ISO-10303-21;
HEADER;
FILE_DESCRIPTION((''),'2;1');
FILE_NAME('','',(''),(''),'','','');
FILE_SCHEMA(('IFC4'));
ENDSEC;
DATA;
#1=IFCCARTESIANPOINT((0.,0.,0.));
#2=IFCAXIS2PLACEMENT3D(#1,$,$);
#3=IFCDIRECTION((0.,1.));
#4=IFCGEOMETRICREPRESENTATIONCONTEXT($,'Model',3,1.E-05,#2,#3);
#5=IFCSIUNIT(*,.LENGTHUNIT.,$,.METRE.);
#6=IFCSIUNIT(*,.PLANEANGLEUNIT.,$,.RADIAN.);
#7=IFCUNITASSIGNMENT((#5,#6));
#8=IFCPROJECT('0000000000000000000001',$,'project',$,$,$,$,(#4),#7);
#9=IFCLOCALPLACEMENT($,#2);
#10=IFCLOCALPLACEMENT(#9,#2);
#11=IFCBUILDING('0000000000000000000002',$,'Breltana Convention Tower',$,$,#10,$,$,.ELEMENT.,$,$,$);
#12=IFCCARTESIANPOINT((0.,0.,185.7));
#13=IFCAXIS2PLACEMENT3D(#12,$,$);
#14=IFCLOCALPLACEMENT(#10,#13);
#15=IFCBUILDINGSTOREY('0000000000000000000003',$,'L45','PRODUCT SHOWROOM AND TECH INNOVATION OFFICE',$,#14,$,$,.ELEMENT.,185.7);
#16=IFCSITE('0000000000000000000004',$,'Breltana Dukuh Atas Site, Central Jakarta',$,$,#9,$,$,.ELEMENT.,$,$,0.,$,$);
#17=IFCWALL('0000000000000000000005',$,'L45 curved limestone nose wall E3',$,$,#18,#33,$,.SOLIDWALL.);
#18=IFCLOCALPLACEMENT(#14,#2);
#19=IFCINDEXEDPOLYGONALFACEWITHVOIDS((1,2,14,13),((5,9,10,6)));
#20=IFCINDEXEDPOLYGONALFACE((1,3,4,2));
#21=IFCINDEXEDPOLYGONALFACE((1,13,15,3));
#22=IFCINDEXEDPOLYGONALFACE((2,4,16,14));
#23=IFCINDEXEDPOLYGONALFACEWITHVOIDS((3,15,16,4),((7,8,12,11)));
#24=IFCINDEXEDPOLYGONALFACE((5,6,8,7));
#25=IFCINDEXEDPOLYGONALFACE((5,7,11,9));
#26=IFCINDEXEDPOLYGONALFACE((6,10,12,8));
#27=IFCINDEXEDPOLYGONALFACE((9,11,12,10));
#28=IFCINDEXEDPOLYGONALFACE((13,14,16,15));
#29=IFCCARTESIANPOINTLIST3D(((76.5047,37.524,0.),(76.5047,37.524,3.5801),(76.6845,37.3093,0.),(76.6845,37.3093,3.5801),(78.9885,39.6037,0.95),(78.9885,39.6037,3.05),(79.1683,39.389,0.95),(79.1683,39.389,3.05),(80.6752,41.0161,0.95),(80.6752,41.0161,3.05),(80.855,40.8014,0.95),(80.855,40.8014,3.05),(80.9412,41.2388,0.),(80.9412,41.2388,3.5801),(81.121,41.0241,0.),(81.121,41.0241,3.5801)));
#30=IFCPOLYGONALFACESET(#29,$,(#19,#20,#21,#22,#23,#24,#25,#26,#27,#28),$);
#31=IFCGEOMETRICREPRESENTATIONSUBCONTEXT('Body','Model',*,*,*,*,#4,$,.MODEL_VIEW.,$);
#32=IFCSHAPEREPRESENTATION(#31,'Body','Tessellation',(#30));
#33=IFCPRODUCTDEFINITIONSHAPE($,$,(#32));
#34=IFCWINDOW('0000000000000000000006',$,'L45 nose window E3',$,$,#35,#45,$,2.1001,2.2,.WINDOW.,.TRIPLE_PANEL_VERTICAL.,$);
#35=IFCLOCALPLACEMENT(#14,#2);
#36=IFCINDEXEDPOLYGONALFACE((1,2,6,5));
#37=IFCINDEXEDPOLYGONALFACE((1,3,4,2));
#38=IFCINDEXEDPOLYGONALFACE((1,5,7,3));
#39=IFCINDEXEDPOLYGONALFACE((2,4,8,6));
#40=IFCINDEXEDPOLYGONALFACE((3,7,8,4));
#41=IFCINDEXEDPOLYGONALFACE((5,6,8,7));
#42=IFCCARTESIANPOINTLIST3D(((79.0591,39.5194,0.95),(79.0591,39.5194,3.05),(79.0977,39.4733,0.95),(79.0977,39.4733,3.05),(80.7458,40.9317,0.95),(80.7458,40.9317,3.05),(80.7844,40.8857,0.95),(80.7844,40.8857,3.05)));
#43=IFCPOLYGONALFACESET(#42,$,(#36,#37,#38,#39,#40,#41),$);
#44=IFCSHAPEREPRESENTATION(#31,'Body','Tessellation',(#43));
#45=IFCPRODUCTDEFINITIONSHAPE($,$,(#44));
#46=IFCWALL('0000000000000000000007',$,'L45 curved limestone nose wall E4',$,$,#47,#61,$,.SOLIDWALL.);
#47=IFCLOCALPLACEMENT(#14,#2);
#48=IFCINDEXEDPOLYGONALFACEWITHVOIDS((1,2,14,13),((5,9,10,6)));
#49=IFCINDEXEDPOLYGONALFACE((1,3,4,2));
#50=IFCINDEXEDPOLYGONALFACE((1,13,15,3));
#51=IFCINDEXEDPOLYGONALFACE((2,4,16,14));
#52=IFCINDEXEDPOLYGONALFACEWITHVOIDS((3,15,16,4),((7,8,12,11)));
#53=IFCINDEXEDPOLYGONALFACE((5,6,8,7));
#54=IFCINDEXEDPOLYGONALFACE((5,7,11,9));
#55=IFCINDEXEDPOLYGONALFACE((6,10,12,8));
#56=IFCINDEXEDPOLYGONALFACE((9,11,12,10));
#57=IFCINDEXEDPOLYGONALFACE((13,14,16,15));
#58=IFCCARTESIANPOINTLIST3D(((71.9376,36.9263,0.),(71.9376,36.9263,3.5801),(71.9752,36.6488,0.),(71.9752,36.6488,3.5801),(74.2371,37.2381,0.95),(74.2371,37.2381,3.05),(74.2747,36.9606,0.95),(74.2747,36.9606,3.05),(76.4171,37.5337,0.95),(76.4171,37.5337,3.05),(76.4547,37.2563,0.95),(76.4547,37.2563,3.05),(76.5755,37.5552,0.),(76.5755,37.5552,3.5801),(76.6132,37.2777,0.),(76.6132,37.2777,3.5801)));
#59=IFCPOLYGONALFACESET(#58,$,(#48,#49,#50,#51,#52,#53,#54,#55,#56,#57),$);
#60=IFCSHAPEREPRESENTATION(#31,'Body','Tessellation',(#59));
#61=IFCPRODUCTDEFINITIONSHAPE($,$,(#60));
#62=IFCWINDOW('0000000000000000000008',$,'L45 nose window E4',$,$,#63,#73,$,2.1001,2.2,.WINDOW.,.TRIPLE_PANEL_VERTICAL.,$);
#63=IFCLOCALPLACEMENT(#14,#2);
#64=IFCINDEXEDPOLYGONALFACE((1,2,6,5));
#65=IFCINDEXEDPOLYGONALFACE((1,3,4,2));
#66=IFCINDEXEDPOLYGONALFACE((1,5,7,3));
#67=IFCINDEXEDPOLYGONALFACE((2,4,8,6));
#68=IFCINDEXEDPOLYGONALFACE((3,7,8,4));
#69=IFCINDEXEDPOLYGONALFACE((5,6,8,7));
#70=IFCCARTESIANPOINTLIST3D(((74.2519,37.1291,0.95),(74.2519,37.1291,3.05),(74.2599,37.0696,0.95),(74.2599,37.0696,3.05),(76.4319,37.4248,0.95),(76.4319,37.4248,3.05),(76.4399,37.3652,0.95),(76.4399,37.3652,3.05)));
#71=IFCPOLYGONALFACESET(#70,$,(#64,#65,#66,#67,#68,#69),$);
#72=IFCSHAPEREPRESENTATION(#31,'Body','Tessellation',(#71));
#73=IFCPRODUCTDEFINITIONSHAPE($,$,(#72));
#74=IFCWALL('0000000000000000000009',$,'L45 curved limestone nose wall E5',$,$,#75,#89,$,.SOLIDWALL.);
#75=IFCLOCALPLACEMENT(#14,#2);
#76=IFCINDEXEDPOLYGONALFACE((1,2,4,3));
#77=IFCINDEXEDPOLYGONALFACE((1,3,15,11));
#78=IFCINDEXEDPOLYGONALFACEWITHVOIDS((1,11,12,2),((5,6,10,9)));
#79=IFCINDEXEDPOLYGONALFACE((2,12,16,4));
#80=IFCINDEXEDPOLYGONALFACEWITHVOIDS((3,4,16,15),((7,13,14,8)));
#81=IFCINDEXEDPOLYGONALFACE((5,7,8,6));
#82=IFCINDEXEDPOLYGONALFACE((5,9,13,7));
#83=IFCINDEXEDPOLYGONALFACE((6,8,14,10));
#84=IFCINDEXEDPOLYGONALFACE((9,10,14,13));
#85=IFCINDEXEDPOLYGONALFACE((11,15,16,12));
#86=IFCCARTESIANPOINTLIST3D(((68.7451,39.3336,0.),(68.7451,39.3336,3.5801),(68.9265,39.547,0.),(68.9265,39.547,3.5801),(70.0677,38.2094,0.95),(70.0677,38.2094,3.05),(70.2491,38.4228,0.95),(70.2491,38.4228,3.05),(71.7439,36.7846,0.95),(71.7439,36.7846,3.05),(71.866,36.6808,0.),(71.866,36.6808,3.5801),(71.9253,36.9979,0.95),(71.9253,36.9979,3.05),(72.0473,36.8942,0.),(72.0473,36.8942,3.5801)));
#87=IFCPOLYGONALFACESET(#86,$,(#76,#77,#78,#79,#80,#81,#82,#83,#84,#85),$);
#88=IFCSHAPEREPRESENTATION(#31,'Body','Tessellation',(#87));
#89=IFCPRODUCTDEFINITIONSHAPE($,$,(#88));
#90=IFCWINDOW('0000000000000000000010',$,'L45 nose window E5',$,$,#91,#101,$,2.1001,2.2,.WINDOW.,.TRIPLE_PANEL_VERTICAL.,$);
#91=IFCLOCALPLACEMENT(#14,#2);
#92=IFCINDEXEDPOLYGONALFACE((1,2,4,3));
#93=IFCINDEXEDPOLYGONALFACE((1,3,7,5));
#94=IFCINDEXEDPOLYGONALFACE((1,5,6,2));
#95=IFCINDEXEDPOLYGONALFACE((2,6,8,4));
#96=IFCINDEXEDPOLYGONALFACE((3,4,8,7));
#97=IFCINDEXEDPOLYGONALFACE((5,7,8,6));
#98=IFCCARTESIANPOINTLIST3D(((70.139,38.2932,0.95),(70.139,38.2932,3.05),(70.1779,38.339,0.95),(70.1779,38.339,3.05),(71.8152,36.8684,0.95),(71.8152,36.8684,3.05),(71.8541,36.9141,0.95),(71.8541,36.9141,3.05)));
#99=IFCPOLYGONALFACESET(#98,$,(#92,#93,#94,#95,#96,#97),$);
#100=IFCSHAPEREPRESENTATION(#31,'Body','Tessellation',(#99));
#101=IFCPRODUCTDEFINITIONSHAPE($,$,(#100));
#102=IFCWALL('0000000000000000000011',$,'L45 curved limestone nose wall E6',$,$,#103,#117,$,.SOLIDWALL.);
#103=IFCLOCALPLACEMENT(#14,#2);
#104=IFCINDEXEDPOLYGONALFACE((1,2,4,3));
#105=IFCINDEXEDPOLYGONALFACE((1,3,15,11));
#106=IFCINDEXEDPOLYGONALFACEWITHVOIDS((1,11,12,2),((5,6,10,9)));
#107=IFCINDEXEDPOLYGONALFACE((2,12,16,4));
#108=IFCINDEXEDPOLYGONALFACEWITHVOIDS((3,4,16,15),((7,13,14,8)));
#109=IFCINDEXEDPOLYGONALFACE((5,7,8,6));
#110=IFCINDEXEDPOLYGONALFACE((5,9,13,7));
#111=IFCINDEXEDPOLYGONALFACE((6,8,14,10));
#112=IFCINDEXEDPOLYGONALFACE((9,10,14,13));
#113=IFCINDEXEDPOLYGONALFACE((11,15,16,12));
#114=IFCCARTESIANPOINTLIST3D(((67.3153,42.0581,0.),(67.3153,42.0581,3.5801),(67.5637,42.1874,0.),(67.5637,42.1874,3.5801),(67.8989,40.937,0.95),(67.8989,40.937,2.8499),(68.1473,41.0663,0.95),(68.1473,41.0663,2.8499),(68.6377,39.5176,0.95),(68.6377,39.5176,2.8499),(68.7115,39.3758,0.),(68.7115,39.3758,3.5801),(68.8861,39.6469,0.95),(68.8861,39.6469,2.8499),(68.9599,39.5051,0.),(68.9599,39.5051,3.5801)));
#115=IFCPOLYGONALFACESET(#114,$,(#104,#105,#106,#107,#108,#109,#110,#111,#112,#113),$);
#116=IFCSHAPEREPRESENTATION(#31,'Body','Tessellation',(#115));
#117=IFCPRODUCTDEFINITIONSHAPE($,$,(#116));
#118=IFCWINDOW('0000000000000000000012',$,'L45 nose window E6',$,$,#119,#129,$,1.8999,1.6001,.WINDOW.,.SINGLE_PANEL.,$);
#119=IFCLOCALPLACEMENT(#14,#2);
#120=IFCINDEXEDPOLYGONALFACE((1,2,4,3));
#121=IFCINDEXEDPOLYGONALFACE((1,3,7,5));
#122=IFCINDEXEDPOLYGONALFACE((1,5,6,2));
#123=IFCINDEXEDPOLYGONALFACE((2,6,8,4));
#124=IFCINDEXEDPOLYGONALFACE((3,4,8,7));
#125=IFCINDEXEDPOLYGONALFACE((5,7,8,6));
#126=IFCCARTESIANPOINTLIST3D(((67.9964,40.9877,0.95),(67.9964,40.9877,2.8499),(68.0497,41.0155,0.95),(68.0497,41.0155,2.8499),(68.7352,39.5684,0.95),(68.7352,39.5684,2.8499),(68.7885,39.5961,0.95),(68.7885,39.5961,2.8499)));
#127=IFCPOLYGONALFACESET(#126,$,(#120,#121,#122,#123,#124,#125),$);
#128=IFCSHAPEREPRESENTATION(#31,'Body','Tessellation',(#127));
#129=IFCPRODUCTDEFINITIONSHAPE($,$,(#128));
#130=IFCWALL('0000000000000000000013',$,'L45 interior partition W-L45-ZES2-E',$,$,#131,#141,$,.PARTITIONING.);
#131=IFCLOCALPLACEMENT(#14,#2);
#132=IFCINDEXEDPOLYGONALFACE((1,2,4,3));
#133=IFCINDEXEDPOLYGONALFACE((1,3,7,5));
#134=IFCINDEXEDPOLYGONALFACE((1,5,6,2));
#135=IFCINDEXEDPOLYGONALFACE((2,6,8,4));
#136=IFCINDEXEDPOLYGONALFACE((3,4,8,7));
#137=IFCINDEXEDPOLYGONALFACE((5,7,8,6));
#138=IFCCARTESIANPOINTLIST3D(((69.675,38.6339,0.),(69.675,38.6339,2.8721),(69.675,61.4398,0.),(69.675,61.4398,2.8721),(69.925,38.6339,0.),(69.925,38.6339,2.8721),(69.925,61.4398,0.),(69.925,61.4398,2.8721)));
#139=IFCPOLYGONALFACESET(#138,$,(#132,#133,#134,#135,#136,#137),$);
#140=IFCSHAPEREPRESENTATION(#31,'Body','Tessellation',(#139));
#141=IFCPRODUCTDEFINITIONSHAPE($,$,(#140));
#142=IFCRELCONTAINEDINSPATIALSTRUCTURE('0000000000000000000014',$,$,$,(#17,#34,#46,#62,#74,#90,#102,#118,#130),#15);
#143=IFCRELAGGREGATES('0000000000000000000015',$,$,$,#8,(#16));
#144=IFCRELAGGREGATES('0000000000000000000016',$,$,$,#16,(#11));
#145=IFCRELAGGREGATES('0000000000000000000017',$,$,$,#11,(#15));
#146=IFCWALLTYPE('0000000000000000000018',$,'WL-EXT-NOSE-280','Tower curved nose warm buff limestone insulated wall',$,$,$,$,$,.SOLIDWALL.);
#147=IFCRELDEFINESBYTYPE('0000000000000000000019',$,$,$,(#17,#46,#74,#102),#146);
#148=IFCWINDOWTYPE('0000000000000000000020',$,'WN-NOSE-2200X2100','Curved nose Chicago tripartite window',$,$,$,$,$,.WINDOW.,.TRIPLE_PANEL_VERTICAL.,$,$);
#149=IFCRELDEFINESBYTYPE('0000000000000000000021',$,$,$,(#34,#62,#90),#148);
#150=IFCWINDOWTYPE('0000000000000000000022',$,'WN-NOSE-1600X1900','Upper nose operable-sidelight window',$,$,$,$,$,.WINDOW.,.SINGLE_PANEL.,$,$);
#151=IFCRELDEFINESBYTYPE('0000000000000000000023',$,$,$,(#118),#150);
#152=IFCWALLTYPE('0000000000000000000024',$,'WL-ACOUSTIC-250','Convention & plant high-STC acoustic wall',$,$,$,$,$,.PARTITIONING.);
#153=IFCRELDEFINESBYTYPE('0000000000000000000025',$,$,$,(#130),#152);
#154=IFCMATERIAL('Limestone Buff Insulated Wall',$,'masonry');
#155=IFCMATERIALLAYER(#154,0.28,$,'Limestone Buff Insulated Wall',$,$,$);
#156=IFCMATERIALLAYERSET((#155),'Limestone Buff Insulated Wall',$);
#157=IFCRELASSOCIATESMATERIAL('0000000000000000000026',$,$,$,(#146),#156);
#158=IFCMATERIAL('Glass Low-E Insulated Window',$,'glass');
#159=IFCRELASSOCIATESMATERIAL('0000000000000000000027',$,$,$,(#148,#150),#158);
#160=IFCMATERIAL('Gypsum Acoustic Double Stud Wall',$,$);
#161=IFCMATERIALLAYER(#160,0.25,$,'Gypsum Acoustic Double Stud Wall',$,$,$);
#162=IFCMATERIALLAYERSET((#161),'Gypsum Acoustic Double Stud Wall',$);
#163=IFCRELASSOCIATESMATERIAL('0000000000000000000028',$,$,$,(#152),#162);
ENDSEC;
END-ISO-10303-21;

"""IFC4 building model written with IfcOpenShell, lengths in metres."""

from ifc_helpers import new_model, si_unit, direction, frame, frame_2d, origin, place, context, subcontext, project, spatial, rectangle, extrude, source, transform, mapped, material, layer, layer_set, type_object, type_shapes, element, fill, save


model = new_model("IFC4")

# Units and contexts
model_context = context("Model", 3, precision=1e-05, world=origin(), true_north=direction((0.0, 1.0)))
body_context = subcontext(model_context, "Body", "Model", "MODEL_VIEW")
ifc_project = project(units=[si_unit("LENGTHUNIT", "METRE"), si_unit("PLANEANGLEUNIT", "RADIAN")], contexts=[model_context])

# Site, building, storey
site_placement = place(None, origin())
site = spatial("IfcSite", under=ifc_project, at=site_placement, Name="Breltana Dukuh Atas Site, Central Jakarta", CompositionType="ELEMENT", RefElevation=0.0)
building_placement = place(site_placement, origin())
building = spatial("IfcBuilding", under=site, at=building_placement, Name="Breltana Convention Tower", CompositionType="ELEMENT")
storey_placement = place(building_placement, frame((0.0, 0.0, 185.7)))
storey = spatial("IfcBuildingStorey", under=building, at=storey_placement, Name="L45", Description="PRODUCT SHOWROOM AND TECH INNOVATION OFFICE", CompositionType="ELEMENT", Elevation=185.7)

# Walls, openings, windows
ifc_material_1 = material(Name="Limestone Buff Insulated Wall", Category="masonry")
ifc_layer_1 = layer(ifc_material_1, 0.28, Name="Limestone Buff Insulated Wall")
ifc_layer_set_1 = layer_set([ifc_layer_1], Name="Limestone Buff Insulated Wall")
wall_type_1 = type_object("IfcWallType", Name="WL-EXT-NOSE-280", Description="Tower curved nose warm buff limestone insulated wall", PredefinedType="SOLIDWALL", material=ifc_layer_set_1)
shared_shape_1 = source(origin(), body_context, "Body", "SweptSolid", [
    extrude(rectangle(XDim=5.7864, YDim=0.28, at=frame_2d((2.8931, 0.0))), origin(), (0.0, 0.0, 1.0), 3.5801),
])
wall_1_placement = place(storey_placement, frame((81.031, 41.1313, 0.0), z_axis=(0.0, 0.0, 1.0), x_axis=(-0.766711, -0.641992, 0.0)))
wall_1 = element("IfcWall", 1, at=wall_1_placement, inside=storey, type_object=wall_type_1, Name="L45 curved limestone nose wall E3", PredefinedType="SOLIDWALL", context=body_context, shape_type="MappedRepresentation", body=[
    mapped(shared_shape_1, transform((0.0, 0.0, 0.0), scale=1.0)),
])
opening_1_placement = place(wall_1_placement, frame((0.3467, 0.0, 0.95)))
opening_1 = element("IfcOpeningElement", 2, at=opening_1_placement, cuts=wall_1, PredefinedType="OPENING", context=body_context, shape_type="SweptSolid", body=[
    extrude(rectangle(XDim=2.2, YDim=2.1001, at=frame_2d((1.1001, 1.05))), frame((0.0, 0.1499, 0.0), z_axis=(0.0, -1.0, 0.0), x_axis=(1.0, 0.0, 0.0)), (0.0, 0.0, 1.0), 0.3),
])
ifc_material_2 = material(Name="Glass Low-E Insulated Window", Category="glass")
window_type_1 = type_object("IfcWindowType", Name="WN-NOSE-2200X2100", Description="Curved nose Chicago tripartite window", PartitioningType="TRIPLE_PANEL_VERTICAL", PredefinedType="WINDOW", material=ifc_material_2)
shared_shape_2 = source(origin(), body_context, "Body", "SweptSolid", [
    extrude(rectangle(XDim=2.2, YDim=2.1001, at=frame_2d((1.1001, 1.05))), frame((0.0, 0.03, 0.0), z_axis=(0.0, -1.0, 0.0), x_axis=(1.0, 0.0, 0.0)), (0.0, 0.0, 1.0), 0.0601),
])
type_shapes(window_type_1, [shared_shape_2])
window_1_placement = place(opening_1_placement, origin())
window_1 = element("IfcWindow", 3, at=window_1_placement, inside=storey, type_object=window_type_1, Name="L45 nose window E3", OverallHeight=2.1001, OverallWidth=2.2, PartitioningType="TRIPLE_PANEL_VERTICAL", PredefinedType="WINDOW", context=body_context, shape_type="MappedRepresentation", body=[
    mapped(shared_shape_2, transform((0.0, 0.0, 0.0), scale=1.0)),
])
fill(opening_1, window_1)
shared_shape_3 = source(origin(), body_context, "Body", "SweptSolid", [
    extrude(rectangle(XDim=4.6804, YDim=0.28, at=frame_2d((2.3403, 0.0))), origin(), (0.0, 0.0, 1.0), 3.5801),
])
wall_2_placement = place(storey_placement, frame((76.5945, 37.4165, 0.0), z_axis=(0.0, 0.0, 1.0), x_axis=(-0.990931, -0.134371, 0.0)))
wall_2 = element("IfcWall", 4, at=wall_2_placement, inside=storey, type_object=wall_type_1, Name="L45 curved limestone nose wall E4", PredefinedType="SOLIDWALL", context=body_context, shape_type="MappedRepresentation", body=[
    mapped(shared_shape_3, transform((0.0, 0.0, 0.0), scale=1.0)),
])
opening_2_placement = place(wall_2_placement, frame((0.1599, 0.0, 0.95)))
opening_2 = element("IfcOpeningElement", 5, at=opening_2_placement, cuts=wall_2, PredefinedType="OPENING", context=body_context, shape_type="SweptSolid", body=[
    extrude(rectangle(XDim=2.2, YDim=2.1001, at=frame_2d((1.1001, 1.05))), frame((0.0, 0.1499, 0.0), z_axis=(0.0, -1.0, 0.0), x_axis=(1.0, 0.0, 0.0)), (0.0, 0.0, 1.0), 0.3),
])
window_2_placement = place(opening_2_placement, origin())
window_2 = element("IfcWindow", 6, at=window_2_placement, inside=storey, type_object=window_type_1, Name="L45 nose window E4", OverallHeight=2.1001, OverallWidth=2.2, PartitioningType="TRIPLE_PANEL_VERTICAL", PredefinedType="WINDOW", context=body_context, shape_type="MappedRepresentation", body=[
    mapped(shared_shape_2, transform((0.0, 0.0, 0.0), scale=1.0)),
])
fill(opening_2, window_2)
shared_shape_4 = source(origin(), body_context, "Body", "SweptSolid", [
    extrude(rectangle(XDim=4.0959, YDim=0.28, at=frame_2d((2.0479, 0.0))), origin(), (0.0, 0.0, 1.0), 3.5801),
])
wall_3_placement = place(storey_placement, frame((71.9565, 36.7876, 0.0), z_axis=(0.0, 0.0, 1.0), x_axis=(-0.761926, 0.647664, 0.0)))
wall_3 = element("IfcWall", 7, at=wall_3_placement, inside=storey, type_object=wall_type_1, Name="L45 curved limestone nose wall E5", PredefinedType="SOLIDWALL", context=body_context, shape_type="MappedRepresentation", body=[
    mapped(shared_shape_4, transform((0.0, 0.0, 0.0), scale=1.0)),
])
opening_3_placement = place(wall_3_placement, frame((0.1599, 0.0, 0.95)))
opening_3 = element("IfcOpeningElement", 8, at=opening_3_placement, cuts=wall_3, PredefinedType="OPENING", context=body_context, shape_type="SweptSolid", body=[
    extrude(rectangle(XDim=2.2, YDim=2.1001, at=frame_2d((1.1001, 1.05))), frame((0.0, 0.1499, 0.0), z_axis=(0.0, -1.0, 0.0), x_axis=(1.0, 0.0, 0.0)), (0.0, 0.0, 1.0), 0.3),
])
window_3_placement = place(opening_3_placement, origin())
window_3 = element("IfcWindow", 9, at=window_3_placement, inside=storey, type_object=window_type_1, Name="L45 nose window E5", OverallHeight=2.1001, OverallWidth=2.2, PartitioningType="TRIPLE_PANEL_VERTICAL", PredefinedType="WINDOW", context=body_context, shape_type="MappedRepresentation", body=[
    mapped(shared_shape_2, transform((0.0, 0.0, 0.0), scale=1.0)),
])
fill(opening_3, window_3)
shared_shape_5 = source(origin(), body_context, "Body", "SweptSolid", [
    extrude(rectangle(XDim=3.0239, YDim=0.28, at=frame_2d((1.512, 0.0))), origin(), (0.0, 0.0, 1.0), 3.5801),
])
wall_4_placement = place(storey_placement, frame((68.8357, 39.4404, 0.0), z_axis=(0.0, 0.0, 1.0), x_axis=(-0.461719, 0.887026, 0.0)))
wall_4 = element("IfcWall", 10, at=wall_4_placement, inside=storey, type_object=wall_type_1, Name="L45 curved limestone nose wall E6", PredefinedType="SOLIDWALL", context=body_context, shape_type="MappedRepresentation", body=[
    mapped(shared_shape_5, transform((0.0, 0.0, 0.0), scale=1.0)),
])
opening_4_placement = place(wall_4_placement, frame((0.1599, 0.0, 0.95)))
opening_4 = element("IfcOpeningElement", 11, at=opening_4_placement, cuts=wall_4, PredefinedType="OPENING", context=body_context, shape_type="SweptSolid", body=[
    extrude(rectangle(XDim=1.6001, YDim=1.8999, at=frame_2d((0.8, 0.95))), frame((0.0, 0.1499, 0.0), z_axis=(0.0, -1.0, 0.0), x_axis=(1.0, 0.0, 0.0)), (0.0, 0.0, 1.0), 0.3),
])
window_type_2 = type_object("IfcWindowType", Name="WN-NOSE-1600X1900", Description="Upper nose operable-sidelight window", PartitioningType="SINGLE_PANEL", PredefinedType="WINDOW", material=ifc_material_2)
shared_shape_6 = source(origin(), body_context, "Body", "SweptSolid", [
    extrude(rectangle(XDim=1.6001, YDim=1.8999, at=frame_2d((0.8, 0.95))), frame((0.0, 0.03, 0.0), z_axis=(0.0, -1.0, 0.0), x_axis=(1.0, 0.0, 0.0)), (0.0, 0.0, 1.0), 0.0601),
])
type_shapes(window_type_2, [shared_shape_6])
window_4_placement = place(opening_4_placement, origin())
window_4 = element("IfcWindow", 12, at=window_4_placement, inside=storey, type_object=window_type_2, Name="L45 nose window E6", OverallHeight=1.8999, OverallWidth=1.6001, PartitioningType="SINGLE_PANEL", PredefinedType="WINDOW", context=body_context, shape_type="MappedRepresentation", body=[
    mapped(shared_shape_6, transform((0.0, 0.0, 0.0), scale=1.0)),
])
fill(opening_4, window_4)

# Wall
ifc_material_3 = material(Name="Gypsum Acoustic Double Stud Wall")
ifc_layer_2 = layer(ifc_material_3, 0.25, Name="Gypsum Acoustic Double Stud Wall")
ifc_layer_set_2 = layer_set([ifc_layer_2], Name="Gypsum Acoustic Double Stud Wall")
wall_type_2 = type_object("IfcWallType", Name="WL-ACOUSTIC-250", Description="Convention & plant high-STC acoustic wall", PredefinedType="PARTITIONING", material=ifc_layer_set_2)
shared_shape_7 = source(origin(), body_context, "Body", "SweptSolid", [
    extrude(rectangle(XDim=22.8059, YDim=0.25, at=frame_2d((11.4028, 0.0))), origin(), (0.0, 0.0, 1.0), 2.8721),
])
wall_5_placement = place(storey_placement, frame((69.8, 38.634, 0.0), z_axis=(0.0, 0.0, 1.0), x_axis=(0.0, 1.0, 0.0)))
element("IfcWall", 13, at=wall_5_placement, inside=storey, type_object=wall_type_2, Name="L45 interior partition W-L45-ZES2-E", PredefinedType="PARTITIONING", context=body_context, shape_type="MappedRepresentation", body=[
    mapped(shared_shape_7, transform((0.0, 0.0, 0.0), scale=1.0)),
])

save(model, "model.ifc")
